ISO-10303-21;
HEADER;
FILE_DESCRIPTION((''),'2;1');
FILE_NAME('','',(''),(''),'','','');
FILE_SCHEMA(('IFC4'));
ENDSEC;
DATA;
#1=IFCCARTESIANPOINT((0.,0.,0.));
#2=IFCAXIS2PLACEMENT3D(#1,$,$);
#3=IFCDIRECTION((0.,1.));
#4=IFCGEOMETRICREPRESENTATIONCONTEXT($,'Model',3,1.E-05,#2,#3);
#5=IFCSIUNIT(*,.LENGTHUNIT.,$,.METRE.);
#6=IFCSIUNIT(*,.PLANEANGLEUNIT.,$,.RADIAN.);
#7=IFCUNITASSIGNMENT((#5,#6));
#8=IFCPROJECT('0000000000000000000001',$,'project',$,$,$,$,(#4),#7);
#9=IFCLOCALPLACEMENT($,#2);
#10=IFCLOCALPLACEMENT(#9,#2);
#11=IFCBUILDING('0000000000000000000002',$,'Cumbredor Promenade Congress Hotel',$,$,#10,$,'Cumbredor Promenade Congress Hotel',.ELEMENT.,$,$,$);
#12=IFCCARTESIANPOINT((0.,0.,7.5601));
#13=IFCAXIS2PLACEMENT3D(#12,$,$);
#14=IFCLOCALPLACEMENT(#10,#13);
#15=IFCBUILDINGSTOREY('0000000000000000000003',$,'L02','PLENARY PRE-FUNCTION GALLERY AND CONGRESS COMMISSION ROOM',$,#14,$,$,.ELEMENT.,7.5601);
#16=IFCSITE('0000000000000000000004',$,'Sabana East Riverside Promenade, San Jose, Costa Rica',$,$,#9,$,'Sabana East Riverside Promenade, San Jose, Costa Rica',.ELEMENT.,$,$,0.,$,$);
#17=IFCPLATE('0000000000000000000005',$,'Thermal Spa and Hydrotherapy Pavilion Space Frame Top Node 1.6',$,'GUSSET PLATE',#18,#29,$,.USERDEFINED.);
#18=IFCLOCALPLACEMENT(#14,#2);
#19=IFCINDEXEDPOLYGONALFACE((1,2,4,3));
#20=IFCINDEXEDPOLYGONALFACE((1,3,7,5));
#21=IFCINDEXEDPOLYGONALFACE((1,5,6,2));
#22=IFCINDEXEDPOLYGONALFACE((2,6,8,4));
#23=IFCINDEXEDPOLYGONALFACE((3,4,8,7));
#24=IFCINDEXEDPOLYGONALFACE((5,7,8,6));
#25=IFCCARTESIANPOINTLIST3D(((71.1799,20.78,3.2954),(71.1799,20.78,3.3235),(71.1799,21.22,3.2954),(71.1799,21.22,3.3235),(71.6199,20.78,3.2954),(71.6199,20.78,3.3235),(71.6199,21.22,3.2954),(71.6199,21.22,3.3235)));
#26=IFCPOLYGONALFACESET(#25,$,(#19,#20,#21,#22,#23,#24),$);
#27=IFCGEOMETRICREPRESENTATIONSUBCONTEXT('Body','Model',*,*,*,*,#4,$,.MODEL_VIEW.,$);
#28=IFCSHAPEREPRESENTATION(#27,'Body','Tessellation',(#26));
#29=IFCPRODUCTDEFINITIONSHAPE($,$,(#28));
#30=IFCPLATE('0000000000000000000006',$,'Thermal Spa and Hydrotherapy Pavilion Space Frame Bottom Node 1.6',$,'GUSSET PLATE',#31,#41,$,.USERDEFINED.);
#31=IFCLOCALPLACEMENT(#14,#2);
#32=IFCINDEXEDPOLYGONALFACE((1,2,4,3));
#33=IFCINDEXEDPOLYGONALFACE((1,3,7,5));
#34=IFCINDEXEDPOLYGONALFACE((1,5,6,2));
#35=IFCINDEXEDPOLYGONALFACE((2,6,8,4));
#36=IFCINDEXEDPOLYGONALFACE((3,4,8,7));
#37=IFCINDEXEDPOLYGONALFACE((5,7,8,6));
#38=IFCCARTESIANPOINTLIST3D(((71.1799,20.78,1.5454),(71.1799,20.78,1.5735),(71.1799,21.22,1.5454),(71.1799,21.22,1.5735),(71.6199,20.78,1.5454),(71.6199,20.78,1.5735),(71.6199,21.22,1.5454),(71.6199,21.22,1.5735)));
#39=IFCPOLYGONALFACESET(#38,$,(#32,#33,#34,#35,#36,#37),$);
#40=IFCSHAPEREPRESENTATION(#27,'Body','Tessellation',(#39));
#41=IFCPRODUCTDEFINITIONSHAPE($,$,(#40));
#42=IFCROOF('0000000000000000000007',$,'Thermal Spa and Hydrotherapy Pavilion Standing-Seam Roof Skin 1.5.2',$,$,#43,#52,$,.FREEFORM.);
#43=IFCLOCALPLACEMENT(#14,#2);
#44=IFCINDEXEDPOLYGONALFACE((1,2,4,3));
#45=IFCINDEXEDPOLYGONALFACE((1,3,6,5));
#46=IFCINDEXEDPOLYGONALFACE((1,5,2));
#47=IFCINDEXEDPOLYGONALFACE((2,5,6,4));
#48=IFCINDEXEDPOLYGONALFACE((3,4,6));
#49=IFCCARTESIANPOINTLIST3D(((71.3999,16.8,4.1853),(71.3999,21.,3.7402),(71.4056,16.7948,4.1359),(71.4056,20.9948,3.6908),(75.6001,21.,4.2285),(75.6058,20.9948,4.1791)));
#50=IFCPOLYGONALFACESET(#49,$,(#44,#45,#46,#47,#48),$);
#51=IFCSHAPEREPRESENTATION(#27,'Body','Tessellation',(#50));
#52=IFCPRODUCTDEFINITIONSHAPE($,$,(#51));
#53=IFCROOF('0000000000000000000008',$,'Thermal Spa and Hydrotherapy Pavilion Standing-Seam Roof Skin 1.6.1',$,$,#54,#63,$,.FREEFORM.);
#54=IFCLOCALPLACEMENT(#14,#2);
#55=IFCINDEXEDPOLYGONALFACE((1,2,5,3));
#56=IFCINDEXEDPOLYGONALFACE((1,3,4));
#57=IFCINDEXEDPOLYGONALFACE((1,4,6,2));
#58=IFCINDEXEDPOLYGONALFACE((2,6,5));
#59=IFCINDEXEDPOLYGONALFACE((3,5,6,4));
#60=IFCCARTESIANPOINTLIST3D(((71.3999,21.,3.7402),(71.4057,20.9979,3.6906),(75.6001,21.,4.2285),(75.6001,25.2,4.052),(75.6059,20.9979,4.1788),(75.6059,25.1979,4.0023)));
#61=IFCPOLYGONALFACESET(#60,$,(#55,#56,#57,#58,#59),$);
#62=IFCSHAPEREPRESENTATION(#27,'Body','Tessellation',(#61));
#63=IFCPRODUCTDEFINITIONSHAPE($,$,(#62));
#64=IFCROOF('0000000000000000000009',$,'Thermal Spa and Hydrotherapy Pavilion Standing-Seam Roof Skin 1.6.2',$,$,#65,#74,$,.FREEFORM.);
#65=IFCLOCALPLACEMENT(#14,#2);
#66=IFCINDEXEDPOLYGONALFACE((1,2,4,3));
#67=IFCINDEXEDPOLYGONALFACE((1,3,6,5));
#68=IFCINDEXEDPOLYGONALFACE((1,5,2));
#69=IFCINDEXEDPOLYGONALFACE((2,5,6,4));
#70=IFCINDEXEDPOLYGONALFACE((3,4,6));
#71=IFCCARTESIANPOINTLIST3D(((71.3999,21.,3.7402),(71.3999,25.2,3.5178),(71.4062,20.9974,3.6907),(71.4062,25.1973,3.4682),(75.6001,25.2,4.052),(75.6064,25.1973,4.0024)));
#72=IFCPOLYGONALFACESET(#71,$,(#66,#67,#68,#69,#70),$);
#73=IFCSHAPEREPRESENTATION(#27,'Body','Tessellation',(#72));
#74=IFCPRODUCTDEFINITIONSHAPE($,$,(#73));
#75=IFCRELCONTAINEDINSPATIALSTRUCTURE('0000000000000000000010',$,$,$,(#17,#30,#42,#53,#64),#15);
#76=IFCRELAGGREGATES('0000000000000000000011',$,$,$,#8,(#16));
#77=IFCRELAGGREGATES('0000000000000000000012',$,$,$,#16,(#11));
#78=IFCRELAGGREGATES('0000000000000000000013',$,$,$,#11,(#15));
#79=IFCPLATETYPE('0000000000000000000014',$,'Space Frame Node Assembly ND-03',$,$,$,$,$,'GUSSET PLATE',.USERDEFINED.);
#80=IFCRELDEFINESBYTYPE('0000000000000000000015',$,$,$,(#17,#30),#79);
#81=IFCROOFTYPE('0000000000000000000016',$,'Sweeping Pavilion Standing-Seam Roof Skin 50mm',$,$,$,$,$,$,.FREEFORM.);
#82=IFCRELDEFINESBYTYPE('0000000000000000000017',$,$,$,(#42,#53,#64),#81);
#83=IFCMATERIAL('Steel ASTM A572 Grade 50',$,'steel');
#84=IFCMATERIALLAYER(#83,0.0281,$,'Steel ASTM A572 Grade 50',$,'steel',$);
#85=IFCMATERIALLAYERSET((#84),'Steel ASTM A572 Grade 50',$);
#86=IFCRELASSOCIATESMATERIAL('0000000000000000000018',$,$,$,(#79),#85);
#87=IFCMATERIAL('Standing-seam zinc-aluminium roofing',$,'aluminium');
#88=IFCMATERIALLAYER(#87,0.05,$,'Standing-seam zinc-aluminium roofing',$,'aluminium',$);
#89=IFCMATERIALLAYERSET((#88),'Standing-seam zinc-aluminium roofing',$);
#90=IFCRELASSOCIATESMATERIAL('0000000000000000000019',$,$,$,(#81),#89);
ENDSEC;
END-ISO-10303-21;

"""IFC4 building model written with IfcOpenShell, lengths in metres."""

from ifc_helpers import new_model, si_unit, direction, frame, origin, origin_2d, place, context, subcontext, project, spatial, polyline, rectangle, outline, extrude, material, layer, layer_set, type_object, element, save


model = new_model("IFC4")

# Units and contexts
model_context = context("Model", 3, precision=1e-05, world=origin(), true_north=direction((0.0, 1.0)))
body_context = subcontext(model_context, "Body", "Model", "MODEL_VIEW")
ifc_project = project(units=[si_unit("LENGTHUNIT", "METRE"), si_unit("PLANEANGLEUNIT", "RADIAN")], contexts=[model_context])

# Site, building, storey
site_placement = place(None, origin())
site = spatial("IfcSite", under=ifc_project, at=site_placement, Name="Sabana East Riverside Promenade, San Jose, Costa Rica", LongName="Sabana East Riverside Promenade, San Jose, Costa Rica", CompositionType="ELEMENT", RefElevation=0.0)
building_placement = place(site_placement, origin())
building = spatial("IfcBuilding", under=site, at=building_placement, Name="Cumbredor Promenade Congress Hotel", LongName="Cumbredor Promenade Congress Hotel", CompositionType="ELEMENT")
storey_placement = place(building_placement, frame((0.0, 0.0, 7.5601)))
storey = spatial("IfcBuildingStorey", under=building, at=storey_placement, Name="L02", Description="PLENARY PRE-FUNCTION GALLERY AND CONGRESS COMMISSION ROOM", CompositionType="ELEMENT", Elevation=7.5601)

# Plates
ifc_material_1 = material(Name="Steel ASTM A572 Grade 50", Category="steel")
ifc_layer_1 = layer(ifc_material_1, 0.0281, Name="Steel ASTM A572 Grade 50", Category="steel")
ifc_layer_set_1 = layer_set([ifc_layer_1], Name="Steel ASTM A572 Grade 50")
plate_type_1 = type_object("IfcPlateType", Name="Space Frame Node Assembly ND-03", ElementType="GUSSET PLATE", PredefinedType="USERDEFINED", material=ifc_layer_set_1)
for number, where, z_axis, x_axis, name in (
    (1, (71.3999, 21.0, 3.2954), (0.0, 0.0, 1.0), (1.0, 0.0, 0.0), "Thermal Spa and Hydrotherapy Pavilion Space Frame Top Node 1.6"),
    (2, (71.3999, 21.0, 1.5454), (0.0, 0.0, 1.0), (1.0, 0.0, 0.0), "Thermal Spa and Hydrotherapy Pavilion Space Frame Bottom Node 1.6"),
):
    element("IfcPlate", number, at=place(storey_placement, frame(where, z_axis=z_axis, x_axis=x_axis)), inside=storey, type_object=plate_type_1, Name=name, ObjectType="GUSSET PLATE", PredefinedType="USERDEFINED", context=body_context, shape_type="SweptSolid", body=[
        extrude(rectangle(XDim=0.4399, YDim=0.4399, at=origin_2d()), origin(), (0.0, 0.0, 1.0), 0.0281),
    ])

# Roofs
ifc_material_2 = material(Name="Standing-seam zinc-aluminium roofing", Category="aluminium")
ifc_layer_2 = layer(ifc_material_2, 0.05, Name="Standing-seam zinc-aluminium roofing", Category="aluminium")
ifc_layer_set_2 = layer_set([ifc_layer_2], Name="Standing-seam zinc-aluminium roofing")
roof_type = type_object("IfcRoofType", Name="Sweeping Pavilion Standing-Seam Roof Skin 50mm", PredefinedType="FREEFORM", material=ifc_layer_set_2)
roof_1_placement = place(storey_placement, frame((71.3999, 16.8, 4.1853), z_axis=(-0.11484, 0.104683, 0.987853), x_axis=(0.707109, 0.707068, 0.007275)))
element("IfcRoof", 3, at=roof_1_placement, inside=storey, type_object=roof_type, Name="Thermal Spa and Hydrotherapy Pavilion Standing-Seam Roof Skin 1.5.2", PredefinedType="FREEFORM", context=body_context, shape_type="SweptSolid", body=[
    extrude(outline(polyline([(0.0, 0.0), (5.94, 0.0), (2.9664, 3.0063), (0.0, 0.0)])), origin(), (0.0, 0.0, -1.0), 0.05),
])
roof_2_placement = place(storey_placement, frame((71.3999, 21.0, 3.7402), z_axis=(-0.115374, 0.04171, 0.992446), x_axis=(0.99331, 0.0, 0.115474)))
element("IfcRoof", 4, at=roof_2_placement, inside=storey, type_object=roof_type, Name="Thermal Spa and Hydrotherapy Pavilion Standing-Seam Roof Skin 1.6.1", PredefinedType="FREEFORM", context=body_context, shape_type="SweptSolid", body=[
    extrude(outline(polyline([(0.0, 0.0), (4.2285, 0.0), (4.2081, 4.2036), (0.0, 0.0)])), origin(), (0.0, 0.0, -1.0), 0.05),
])
roof_3_placement = place(storey_placement, frame((71.3999, 21.0, 3.7402), z_axis=(-0.12599, 0.05246, 0.990643), x_axis=(0.706155, 0.706114, 0.052416)))
element("IfcRoof", 5, at=roof_3_placement, inside=storey, type_object=roof_type, Name="Thermal Spa and Hydrotherapy Pavilion Standing-Seam Roof Skin 1.6.2", PredefinedType="FREEFORM", context=body_context, shape_type="SweptSolid", body=[
    extrude(outline(polyline([(0.0, 0.0), (5.948, 0.0), (2.954, 2.9938), (0.0, 0.0)])), origin(), (0.0, 0.0, -1.0), 0.05),
])

save(model, "model.ifc")
